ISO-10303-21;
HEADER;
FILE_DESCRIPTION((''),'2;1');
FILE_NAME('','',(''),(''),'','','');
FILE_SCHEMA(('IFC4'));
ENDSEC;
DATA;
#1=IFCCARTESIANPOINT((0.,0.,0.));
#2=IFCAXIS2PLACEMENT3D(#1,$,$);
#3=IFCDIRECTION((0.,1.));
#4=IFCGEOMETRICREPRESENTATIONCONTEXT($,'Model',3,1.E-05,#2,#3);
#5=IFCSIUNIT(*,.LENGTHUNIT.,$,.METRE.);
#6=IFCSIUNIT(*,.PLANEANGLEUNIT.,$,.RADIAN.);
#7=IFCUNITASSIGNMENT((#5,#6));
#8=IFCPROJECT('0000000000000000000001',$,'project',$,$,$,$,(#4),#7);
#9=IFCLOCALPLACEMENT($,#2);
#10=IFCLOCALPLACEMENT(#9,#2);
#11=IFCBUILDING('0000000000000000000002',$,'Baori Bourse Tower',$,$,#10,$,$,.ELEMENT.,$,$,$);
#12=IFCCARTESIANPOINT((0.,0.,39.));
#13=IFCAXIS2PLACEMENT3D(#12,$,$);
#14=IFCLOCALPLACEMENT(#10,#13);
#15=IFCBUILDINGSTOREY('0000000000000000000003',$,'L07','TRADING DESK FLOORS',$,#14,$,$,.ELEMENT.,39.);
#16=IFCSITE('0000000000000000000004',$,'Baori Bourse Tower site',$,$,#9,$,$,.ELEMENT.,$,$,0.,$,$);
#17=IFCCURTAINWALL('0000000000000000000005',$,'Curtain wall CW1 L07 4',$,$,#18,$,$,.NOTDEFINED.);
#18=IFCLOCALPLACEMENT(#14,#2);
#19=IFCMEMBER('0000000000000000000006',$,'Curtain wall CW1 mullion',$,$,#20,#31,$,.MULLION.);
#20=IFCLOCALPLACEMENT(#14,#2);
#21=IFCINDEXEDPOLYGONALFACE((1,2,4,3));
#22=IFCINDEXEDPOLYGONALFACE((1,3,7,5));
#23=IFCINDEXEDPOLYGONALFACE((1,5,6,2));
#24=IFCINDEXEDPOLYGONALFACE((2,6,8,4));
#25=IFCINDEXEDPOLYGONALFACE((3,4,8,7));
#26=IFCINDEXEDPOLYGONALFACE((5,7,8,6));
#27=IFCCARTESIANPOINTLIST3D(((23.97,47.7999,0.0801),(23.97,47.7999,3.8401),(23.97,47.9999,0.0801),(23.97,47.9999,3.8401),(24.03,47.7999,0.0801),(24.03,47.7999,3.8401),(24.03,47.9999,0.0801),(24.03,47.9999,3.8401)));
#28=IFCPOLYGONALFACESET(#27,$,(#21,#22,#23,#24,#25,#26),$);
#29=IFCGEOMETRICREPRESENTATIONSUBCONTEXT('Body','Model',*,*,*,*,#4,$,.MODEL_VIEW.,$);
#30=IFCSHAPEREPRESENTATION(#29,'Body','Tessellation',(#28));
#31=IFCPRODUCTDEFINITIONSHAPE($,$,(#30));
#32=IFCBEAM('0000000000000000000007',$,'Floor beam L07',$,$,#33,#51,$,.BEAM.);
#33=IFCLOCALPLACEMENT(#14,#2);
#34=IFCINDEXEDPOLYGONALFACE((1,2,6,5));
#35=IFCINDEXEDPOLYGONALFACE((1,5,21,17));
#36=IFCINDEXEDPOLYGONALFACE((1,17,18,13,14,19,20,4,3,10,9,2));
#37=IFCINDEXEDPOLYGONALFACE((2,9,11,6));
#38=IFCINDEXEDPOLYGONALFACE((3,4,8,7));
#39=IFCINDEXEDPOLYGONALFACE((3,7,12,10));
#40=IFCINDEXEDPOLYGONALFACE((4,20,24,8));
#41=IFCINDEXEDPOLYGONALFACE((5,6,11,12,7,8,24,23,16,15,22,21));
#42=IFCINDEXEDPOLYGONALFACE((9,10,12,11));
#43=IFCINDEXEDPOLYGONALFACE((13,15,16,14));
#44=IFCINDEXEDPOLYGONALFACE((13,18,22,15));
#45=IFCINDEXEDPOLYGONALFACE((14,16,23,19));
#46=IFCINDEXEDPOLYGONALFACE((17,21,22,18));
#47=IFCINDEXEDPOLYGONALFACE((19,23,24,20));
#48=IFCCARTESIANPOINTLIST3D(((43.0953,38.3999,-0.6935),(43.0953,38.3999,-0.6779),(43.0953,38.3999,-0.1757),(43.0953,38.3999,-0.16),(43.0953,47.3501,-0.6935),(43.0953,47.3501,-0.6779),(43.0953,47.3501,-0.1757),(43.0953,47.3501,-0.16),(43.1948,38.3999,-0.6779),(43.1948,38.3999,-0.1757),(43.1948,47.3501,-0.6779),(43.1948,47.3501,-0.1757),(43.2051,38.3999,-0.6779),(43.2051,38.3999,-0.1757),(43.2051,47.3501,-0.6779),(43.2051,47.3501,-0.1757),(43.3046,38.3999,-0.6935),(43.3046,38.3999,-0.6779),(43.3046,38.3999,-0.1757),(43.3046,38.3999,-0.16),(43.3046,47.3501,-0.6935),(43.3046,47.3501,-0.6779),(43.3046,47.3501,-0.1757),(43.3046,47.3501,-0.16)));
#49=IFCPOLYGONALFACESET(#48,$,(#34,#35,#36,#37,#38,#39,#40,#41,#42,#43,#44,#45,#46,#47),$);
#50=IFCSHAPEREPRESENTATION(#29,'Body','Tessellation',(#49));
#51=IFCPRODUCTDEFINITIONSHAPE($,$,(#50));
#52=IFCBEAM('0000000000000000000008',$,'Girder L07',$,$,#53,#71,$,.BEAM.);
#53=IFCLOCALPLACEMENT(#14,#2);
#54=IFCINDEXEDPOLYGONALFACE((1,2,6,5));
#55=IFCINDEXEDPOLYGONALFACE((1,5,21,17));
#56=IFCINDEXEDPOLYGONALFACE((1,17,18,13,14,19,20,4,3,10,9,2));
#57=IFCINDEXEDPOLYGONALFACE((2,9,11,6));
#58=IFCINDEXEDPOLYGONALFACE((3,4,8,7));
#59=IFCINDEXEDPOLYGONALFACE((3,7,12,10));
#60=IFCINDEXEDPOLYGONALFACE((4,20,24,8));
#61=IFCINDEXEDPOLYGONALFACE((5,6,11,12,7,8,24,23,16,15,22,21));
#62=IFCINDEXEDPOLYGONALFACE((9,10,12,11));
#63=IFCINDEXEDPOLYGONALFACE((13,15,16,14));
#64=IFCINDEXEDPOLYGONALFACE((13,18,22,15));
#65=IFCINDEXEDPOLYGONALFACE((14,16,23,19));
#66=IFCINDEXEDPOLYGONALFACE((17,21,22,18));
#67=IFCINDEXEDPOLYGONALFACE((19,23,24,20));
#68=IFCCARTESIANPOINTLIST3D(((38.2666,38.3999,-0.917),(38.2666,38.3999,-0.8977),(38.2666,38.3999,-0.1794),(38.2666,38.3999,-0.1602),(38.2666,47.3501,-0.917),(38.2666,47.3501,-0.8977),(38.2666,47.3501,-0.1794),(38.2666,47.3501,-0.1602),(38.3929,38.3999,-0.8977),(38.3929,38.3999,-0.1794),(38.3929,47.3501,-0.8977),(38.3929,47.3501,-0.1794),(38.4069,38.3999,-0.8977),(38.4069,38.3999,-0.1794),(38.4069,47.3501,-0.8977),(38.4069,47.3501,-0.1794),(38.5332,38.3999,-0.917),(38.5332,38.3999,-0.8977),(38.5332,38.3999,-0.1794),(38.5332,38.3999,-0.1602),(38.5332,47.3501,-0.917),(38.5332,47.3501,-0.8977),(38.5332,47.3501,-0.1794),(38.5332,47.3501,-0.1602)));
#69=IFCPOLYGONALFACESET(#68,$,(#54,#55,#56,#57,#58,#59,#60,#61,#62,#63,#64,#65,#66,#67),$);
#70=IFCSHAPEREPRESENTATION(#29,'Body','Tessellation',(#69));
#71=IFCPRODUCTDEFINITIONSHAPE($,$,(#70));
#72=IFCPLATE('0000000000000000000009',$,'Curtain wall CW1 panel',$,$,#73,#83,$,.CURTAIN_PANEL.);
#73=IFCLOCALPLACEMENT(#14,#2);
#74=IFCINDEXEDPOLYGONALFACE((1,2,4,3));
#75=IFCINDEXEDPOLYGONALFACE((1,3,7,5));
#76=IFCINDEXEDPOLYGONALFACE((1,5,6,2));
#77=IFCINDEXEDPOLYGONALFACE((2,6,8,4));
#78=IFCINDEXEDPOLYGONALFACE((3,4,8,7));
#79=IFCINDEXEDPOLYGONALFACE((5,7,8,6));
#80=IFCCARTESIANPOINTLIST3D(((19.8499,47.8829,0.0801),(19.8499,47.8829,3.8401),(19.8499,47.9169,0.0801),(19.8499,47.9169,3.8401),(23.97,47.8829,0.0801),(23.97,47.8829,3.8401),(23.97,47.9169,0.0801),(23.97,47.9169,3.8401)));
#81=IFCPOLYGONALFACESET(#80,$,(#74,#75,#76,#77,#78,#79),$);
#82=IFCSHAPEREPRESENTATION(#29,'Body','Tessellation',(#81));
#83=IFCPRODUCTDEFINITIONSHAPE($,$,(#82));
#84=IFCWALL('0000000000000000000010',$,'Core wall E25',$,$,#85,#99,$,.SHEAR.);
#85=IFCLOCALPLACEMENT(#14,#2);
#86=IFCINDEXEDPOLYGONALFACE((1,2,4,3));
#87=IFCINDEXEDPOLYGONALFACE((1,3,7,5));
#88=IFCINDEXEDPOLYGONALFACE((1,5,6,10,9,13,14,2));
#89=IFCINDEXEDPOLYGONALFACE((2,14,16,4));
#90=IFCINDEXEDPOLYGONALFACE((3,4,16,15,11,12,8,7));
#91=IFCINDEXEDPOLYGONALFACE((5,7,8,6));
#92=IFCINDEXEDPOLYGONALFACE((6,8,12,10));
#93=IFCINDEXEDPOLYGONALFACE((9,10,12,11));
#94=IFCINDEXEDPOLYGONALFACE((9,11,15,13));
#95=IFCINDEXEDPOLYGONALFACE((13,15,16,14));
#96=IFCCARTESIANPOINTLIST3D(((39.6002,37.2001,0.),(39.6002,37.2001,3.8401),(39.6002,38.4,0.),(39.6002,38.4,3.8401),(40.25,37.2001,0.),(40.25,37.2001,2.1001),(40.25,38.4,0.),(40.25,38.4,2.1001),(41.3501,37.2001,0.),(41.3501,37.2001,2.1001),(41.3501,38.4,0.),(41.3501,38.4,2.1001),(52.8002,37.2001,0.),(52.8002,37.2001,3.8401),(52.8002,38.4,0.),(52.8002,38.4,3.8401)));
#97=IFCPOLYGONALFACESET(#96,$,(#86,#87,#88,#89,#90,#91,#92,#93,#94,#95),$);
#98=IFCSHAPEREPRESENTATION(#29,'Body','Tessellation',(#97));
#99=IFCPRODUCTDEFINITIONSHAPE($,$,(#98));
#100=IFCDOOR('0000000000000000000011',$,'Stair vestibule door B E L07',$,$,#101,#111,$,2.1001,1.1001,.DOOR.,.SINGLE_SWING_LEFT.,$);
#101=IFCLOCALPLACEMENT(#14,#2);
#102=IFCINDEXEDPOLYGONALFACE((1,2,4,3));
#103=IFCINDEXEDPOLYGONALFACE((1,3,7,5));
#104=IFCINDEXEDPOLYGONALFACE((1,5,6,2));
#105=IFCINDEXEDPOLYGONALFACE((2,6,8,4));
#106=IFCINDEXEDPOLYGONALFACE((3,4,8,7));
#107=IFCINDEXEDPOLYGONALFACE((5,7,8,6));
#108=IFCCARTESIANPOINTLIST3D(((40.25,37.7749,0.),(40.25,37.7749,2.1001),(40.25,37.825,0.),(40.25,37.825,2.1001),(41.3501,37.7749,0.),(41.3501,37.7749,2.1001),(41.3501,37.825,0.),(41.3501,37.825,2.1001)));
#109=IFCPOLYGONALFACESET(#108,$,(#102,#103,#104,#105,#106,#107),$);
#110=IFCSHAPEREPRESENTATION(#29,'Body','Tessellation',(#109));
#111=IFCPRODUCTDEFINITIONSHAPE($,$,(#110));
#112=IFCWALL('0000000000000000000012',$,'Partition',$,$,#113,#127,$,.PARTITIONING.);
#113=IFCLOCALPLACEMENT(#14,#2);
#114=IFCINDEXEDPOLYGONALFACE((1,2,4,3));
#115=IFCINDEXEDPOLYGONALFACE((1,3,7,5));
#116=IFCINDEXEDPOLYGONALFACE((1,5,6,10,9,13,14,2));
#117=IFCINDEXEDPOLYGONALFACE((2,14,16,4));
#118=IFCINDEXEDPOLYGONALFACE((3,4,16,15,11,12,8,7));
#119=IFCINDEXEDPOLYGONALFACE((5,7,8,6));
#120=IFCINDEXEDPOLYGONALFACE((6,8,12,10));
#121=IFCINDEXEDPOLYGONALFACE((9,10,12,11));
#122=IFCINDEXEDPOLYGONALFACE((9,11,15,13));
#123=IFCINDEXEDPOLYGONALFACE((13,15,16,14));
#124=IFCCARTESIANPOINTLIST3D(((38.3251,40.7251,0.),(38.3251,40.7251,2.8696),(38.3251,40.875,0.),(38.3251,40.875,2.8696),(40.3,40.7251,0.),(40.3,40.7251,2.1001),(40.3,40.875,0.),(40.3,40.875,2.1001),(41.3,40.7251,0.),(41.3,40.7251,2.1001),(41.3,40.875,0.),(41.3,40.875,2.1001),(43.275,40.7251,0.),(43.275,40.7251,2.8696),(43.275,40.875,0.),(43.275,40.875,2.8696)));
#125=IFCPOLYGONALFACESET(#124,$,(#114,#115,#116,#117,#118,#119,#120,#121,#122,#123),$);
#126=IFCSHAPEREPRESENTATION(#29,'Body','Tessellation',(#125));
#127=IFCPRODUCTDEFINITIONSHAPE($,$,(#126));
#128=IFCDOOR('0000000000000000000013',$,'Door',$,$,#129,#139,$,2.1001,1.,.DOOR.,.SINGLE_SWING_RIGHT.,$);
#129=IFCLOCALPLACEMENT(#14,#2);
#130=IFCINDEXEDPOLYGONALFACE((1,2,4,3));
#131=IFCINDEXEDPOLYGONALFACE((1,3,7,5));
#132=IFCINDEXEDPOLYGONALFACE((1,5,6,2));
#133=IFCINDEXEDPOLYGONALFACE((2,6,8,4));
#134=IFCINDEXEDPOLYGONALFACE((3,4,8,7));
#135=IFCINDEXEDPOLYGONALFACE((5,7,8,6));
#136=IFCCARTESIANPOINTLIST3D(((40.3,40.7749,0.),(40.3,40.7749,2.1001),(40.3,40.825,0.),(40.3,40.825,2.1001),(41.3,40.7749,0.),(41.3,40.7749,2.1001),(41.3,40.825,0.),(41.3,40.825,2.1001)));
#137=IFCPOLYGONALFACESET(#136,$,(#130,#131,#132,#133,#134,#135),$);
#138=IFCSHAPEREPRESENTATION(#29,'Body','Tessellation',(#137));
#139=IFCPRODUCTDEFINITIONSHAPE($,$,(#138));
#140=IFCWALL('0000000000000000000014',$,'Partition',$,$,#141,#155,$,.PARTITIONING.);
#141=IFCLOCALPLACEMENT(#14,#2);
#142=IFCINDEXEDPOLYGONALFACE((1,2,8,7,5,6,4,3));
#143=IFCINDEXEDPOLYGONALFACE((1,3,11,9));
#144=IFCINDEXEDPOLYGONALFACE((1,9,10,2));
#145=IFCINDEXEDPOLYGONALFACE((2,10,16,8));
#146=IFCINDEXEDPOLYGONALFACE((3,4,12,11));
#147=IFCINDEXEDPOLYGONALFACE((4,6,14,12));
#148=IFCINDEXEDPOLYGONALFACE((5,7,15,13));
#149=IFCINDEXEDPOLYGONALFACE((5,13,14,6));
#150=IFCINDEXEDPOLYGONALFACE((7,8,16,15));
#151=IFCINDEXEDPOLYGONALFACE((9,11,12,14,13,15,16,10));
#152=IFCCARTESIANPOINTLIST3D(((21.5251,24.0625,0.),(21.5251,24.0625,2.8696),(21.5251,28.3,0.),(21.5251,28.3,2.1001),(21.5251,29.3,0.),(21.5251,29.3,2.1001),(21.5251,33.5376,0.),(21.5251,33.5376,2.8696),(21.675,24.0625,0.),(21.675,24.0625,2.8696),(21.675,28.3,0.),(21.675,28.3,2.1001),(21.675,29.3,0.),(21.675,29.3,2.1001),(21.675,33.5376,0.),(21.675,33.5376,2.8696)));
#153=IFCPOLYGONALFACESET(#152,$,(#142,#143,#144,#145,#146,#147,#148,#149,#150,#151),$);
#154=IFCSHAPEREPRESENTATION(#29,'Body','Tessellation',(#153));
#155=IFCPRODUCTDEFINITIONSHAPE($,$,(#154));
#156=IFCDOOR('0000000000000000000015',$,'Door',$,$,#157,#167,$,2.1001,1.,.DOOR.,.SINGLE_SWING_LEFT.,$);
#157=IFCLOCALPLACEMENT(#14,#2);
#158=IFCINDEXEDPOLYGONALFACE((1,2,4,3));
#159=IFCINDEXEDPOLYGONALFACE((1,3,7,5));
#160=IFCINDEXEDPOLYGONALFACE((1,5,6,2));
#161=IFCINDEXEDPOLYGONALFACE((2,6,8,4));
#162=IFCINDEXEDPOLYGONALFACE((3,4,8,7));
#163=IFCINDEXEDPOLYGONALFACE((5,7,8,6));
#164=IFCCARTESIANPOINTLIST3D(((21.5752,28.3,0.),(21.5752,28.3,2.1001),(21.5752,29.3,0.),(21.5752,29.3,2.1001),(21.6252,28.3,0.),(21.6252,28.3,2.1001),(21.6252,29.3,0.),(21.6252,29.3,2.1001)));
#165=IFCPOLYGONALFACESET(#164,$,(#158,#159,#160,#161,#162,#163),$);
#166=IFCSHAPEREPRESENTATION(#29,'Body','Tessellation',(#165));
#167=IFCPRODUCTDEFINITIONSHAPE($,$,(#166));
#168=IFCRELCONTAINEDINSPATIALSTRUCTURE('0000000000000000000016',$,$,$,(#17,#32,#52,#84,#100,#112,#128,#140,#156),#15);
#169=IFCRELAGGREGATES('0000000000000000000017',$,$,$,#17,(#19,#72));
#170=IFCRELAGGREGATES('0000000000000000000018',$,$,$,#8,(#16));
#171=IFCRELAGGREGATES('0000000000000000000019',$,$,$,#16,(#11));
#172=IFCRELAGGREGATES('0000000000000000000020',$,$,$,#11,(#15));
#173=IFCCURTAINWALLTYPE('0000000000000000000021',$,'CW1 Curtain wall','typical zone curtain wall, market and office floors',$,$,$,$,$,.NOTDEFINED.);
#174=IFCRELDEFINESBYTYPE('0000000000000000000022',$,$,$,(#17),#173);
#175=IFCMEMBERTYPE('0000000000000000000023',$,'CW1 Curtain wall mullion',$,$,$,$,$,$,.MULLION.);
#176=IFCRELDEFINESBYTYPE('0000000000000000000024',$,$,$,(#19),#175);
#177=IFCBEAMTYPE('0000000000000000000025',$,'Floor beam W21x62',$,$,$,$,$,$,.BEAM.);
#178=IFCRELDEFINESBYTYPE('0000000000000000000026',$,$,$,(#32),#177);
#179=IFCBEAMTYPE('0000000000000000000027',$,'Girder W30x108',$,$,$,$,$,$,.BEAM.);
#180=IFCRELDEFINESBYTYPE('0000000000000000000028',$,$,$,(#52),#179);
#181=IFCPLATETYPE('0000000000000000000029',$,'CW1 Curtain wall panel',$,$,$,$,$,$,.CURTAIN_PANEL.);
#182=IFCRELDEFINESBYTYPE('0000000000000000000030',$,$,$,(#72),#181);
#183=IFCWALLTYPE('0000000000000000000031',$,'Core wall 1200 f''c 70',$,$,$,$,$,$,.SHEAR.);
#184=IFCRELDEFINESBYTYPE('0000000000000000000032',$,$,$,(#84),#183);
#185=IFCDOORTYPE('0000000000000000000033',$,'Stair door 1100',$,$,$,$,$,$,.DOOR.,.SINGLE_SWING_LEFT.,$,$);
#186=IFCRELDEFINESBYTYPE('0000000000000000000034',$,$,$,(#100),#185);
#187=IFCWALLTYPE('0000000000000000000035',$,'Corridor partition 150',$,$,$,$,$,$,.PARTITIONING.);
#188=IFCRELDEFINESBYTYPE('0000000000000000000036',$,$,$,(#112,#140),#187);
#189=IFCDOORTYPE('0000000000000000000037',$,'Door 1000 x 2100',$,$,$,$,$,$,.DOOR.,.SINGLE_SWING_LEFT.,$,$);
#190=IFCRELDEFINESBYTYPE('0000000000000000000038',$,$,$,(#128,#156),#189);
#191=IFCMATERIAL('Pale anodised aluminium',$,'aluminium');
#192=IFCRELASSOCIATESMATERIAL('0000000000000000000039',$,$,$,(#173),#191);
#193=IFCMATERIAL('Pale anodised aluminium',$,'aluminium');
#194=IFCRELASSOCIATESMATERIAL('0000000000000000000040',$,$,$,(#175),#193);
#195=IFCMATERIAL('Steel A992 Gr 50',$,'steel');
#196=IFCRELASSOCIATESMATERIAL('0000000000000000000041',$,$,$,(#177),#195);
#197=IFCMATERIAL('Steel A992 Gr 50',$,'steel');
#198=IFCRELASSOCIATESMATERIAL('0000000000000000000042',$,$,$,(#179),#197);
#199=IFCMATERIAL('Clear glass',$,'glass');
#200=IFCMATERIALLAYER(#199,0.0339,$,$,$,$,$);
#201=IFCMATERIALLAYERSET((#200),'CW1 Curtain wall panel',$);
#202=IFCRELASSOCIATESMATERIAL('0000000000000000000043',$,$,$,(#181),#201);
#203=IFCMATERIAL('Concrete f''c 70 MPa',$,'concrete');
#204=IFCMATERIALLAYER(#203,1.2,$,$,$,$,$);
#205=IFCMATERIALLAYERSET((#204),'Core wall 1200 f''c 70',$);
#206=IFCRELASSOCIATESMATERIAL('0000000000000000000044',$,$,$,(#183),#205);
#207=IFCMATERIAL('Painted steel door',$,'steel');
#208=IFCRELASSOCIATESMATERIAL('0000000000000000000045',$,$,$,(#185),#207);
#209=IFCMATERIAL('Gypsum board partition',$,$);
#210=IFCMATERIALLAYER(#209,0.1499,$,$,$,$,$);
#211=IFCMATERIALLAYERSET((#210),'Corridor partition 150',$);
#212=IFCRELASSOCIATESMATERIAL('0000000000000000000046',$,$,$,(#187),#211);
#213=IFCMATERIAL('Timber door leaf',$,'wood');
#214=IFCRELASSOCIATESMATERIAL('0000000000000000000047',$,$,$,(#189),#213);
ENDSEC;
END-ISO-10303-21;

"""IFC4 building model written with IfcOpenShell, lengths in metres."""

from ifc_helpers import new_model, si_unit, direction, frame, frame_2d, origin, origin_2d, place, context, subcontext, project, spatial, rectangle, i_section, extrude, material, layer, layer_set, material_profile, profile_set, type_object, element, fill, aggregate, save


model = new_model("IFC4")

# Units and contexts
model_context = context("Model", 3, precision=1e-05, world=origin(), true_north=direction((0.0, 1.0)))
body_context = subcontext(model_context, "Body", "Model", "MODEL_VIEW")
ifc_project = project(units=[si_unit("LENGTHUNIT", "METRE"), si_unit("PLANEANGLEUNIT", "RADIAN")], contexts=[model_context])

# Site, building, storey
site_placement = place(None, origin())
site = spatial("IfcSite", under=ifc_project, at=site_placement, Name="Baori Bourse Tower site", CompositionType="ELEMENT", RefElevation=0.0)
building_placement = place(site_placement, origin())
building = spatial("IfcBuilding", under=site, at=building_placement, Name="Baori Bourse Tower", CompositionType="ELEMENT")
storey_placement = place(building_placement, frame((0.0, 0.0, 39.0)))
storey = spatial("IfcBuildingStorey", under=building, at=storey_placement, Name="L07", Description="TRADING DESK FLOORS", CompositionType="ELEMENT", Elevation=39.0)

# Curtain wall, member
ifc_material_1 = material(Name="Pale anodised aluminium", Category="aluminium")
curtain_wall_type = type_object("IfcCurtainWallType", Name="CW1 Curtain wall", Description="typical zone curtain wall, market and office floors", PredefinedType="NOTDEFINED", material=ifc_material_1)
curtain_wall_placement = place(storey_placement, origin())
curtain_wall = element("IfcCurtainWall", 1, at=curtain_wall_placement, inside=storey, type_object=curtain_wall_type, Name="Curtain wall CW1 L07 4", PredefinedType="NOTDEFINED")
ifc_material_2 = material(Name="Pale anodised aluminium", Category="aluminium")
ifc_material_profile_1 = material_profile(ifc_material_2, rectangle(XDim=0.2, YDim=0.0601, at=origin_2d()), Name="Mullion 60x200")
ifc_profile_set_1 = profile_set([ifc_material_profile_1], Name="Pale anodised aluminium")
member_type = type_object("IfcMemberType", Name="CW1 Curtain wall mullion", PredefinedType="MULLION", material=ifc_profile_set_1)
member_placement = place(storey_placement, frame((24.0, 47.8999, 0.0801), z_axis=(0.0, 0.0, 1.0), x_axis=(0.0, -1.0, 0.0)))
member = element("IfcMember", 2, at=member_placement, type_object=member_type, Name="Curtain wall CW1 mullion", PredefinedType="MULLION", context=body_context, shape_type="SweptSolid", body=[
    extrude(rectangle(XDim=0.2, YDim=0.0601, at=origin_2d()), origin(), (0.0, 0.0, 1.0), 3.76),
])

# Beams
ifc_material_3 = material(Name="Steel A992 Gr 50", Category="steel")
ifc_material_profile_2 = material_profile(ifc_material_3, i_section(OverallWidth=0.2092, OverallDepth=0.5334, WebThickness=0.0103, FlangeThickness=0.0156, at=origin_2d()), Name="W21x62")
ifc_profile_set_2 = profile_set([ifc_material_profile_2], Name="Steel A992 Gr 50")
beam_type_1 = type_object("IfcBeamType", Name="Floor beam W21x62", PredefinedType="BEAM", material=ifc_profile_set_2)
beam_1_placement = place(storey_placement, frame((43.2, 38.3999, -0.4268), z_axis=(0.0, 1.0, 0.0), x_axis=(-1.0, 0.0, 0.0)))
element("IfcBeam", 3, at=beam_1_placement, inside=storey, type_object=beam_type_1, Name="Floor beam L07", PredefinedType="BEAM", context=body_context, shape_type="SweptSolid", body=[
    extrude(i_section(OverallWidth=0.2092, OverallDepth=0.5334, WebThickness=0.0103, FlangeThickness=0.0156, at=origin_2d()), origin(), (0.0, 0.0, 1.0), 8.9502),
])
ifc_material_4 = material(Name="Steel A992 Gr 50", Category="steel")
ifc_material_profile_3 = material_profile(ifc_material_4, i_section(OverallWidth=0.2666, OverallDepth=0.7568, WebThickness=0.0139, FlangeThickness=0.0193, at=origin_2d()), Name="W30x108")
ifc_profile_set_3 = profile_set([ifc_material_profile_3], Name="Steel A992 Gr 50")
beam_type_2 = type_object("IfcBeamType", Name="Girder W30x108", PredefinedType="BEAM", material=ifc_profile_set_3)
beam_2_placement = place(storey_placement, frame((38.3999, 38.3999, -0.5386), z_axis=(0.0, 1.0, 0.0), x_axis=(-1.0, 0.0, 0.0)))
element("IfcBeam", 4, at=beam_2_placement, inside=storey, type_object=beam_type_2, Name="Girder L07", PredefinedType="BEAM", context=body_context, shape_type="SweptSolid", body=[
    extrude(i_section(OverallWidth=0.2666, OverallDepth=0.7568, WebThickness=0.0139, FlangeThickness=0.0193, at=origin_2d()), origin(), (0.0, 0.0, 1.0), 8.9502),
])

# Plate
ifc_material_5 = material(Name="Clear glass", Category="glass")
ifc_layer_1 = layer(ifc_material_5, 0.0339)
ifc_layer_set_1 = layer_set([ifc_layer_1], Name="CW1 Curtain wall panel")
plate_type = type_object("IfcPlateType", Name="CW1 Curtain wall panel", PredefinedType="CURTAIN_PANEL", material=ifc_layer_set_1)
plate_placement = place(storey_placement, frame((21.9099, 47.8999, 0.0801), z_axis=(0.0, 0.0, 1.0), x_axis=(-1.0, 0.0, 0.0)))
plate = element("IfcPlate", 5, at=plate_placement, type_object=plate_type, Name="Curtain wall CW1 panel", PredefinedType="CURTAIN_PANEL", context=body_context, shape_type="SweptSolid", body=[
    extrude(rectangle(XDim=4.1201, YDim=0.0339, at=origin_2d()), origin(), (0.0, 0.0, 1.0), 3.76),
])
aggregate(curtain_wall, [member, plate])

# Walls, openings, doors
ifc_material_6 = material(Name="Concrete f'c 70 MPa", Category="concrete")
ifc_layer_2 = layer(ifc_material_6, 1.2)
ifc_layer_set_2 = layer_set([ifc_layer_2], Name="Core wall 1200 f'c 70")
wall_type_1 = type_object("IfcWallType", Name="Core wall 1200 f'c 70", PredefinedType="SHEAR", material=ifc_layer_set_2)
wall_1_placement = place(storey_placement, frame((39.6001, 37.8, 0.0), z_axis=(0.0, 0.0, 1.0), x_axis=(1.0, 0.0, 0.0)))
wall_1 = element("IfcWall", 6, at=wall_1_placement, inside=storey, type_object=wall_type_1, Name="Core wall E25", PredefinedType="SHEAR", context=body_context, shape_type="SweptSolid", body=[
    extrude(rectangle(XDim=13.2, YDim=1.2, at=frame_2d((6.6001, 0.0))), origin(), (0.0, 0.0, 1.0), 3.8401),
])
opening_1_placement = place(wall_1_placement, frame((0.6499, 0.0, 0.0)))
opening_1 = element("IfcOpeningElement", 7, at=opening_1_placement, cuts=wall_1, PredefinedType="OPENING", context=body_context, shape_type="SweptSolid", body=[
    extrude(rectangle(XDim=1.1001, YDim=2.1001, at=frame_2d((0.55, 1.05))), frame((0.0, 0.6099, 0.0), z_axis=(0.0, -1.0, 0.0), x_axis=(1.0, 0.0, 0.0)), (0.0, 0.0, 1.0), 1.22),
])
ifc_material_7 = material(Name="Painted steel door", Category="steel")
door_type_1 = type_object("IfcDoorType", Name="Stair door 1100", OperationType="SINGLE_SWING_LEFT", PredefinedType="DOOR", material=ifc_material_7)
door_1_placement = place(opening_1_placement, origin())
door_1 = element("IfcDoor", 8, at=door_1_placement, inside=storey, type_object=door_type_1, Name="Stair vestibule door B E L07", OperationType="SINGLE_SWING_LEFT", OverallHeight=2.1001, OverallWidth=1.1001, PredefinedType="DOOR", context=body_context, shape_type="SweptSolid", body=[
    extrude(rectangle(XDim=1.1001, YDim=2.1001, at=frame_2d((0.55, 1.05))), frame((0.0, 0.0249, 0.0), z_axis=(0.0, -1.0, 0.0), x_axis=(1.0, 0.0, 0.0)), (0.0, 0.0, 1.0), 0.05),
])
fill(opening_1, door_1)
ifc_material_8 = material(Name="Gypsum board partition")
ifc_layer_3 = layer(ifc_material_8, 0.1499)
ifc_layer_set_3 = layer_set([ifc_layer_3], Name="Corridor partition 150")
wall_type_2 = type_object("IfcWallType", Name="Corridor partition 150", PredefinedType="PARTITIONING", material=ifc_layer_set_3)
wall_2_placement = place(storey_placement, frame((38.325, 40.8, 0.0), z_axis=(0.0, 0.0, 1.0), x_axis=(1.0, 0.0, 0.0)))
wall_2 = element("IfcWall", 9, at=wall_2_placement, inside=storey, type_object=wall_type_2, Name="Partition", PredefinedType="PARTITIONING", context=body_context, shape_type="SweptSolid", body=[
    extrude(rectangle(XDim=4.95, YDim=0.1499, at=frame_2d((2.4751, 0.0))), origin(), (0.0, 0.0, 1.0), 2.8696),
])
opening_2_placement = place(wall_2_placement, frame((1.9751, 0.0, 0.0)))
opening_2 = element("IfcOpeningElement", 10, at=opening_2_placement, cuts=wall_2, PredefinedType="OPENING", context=body_context, shape_type="SweptSolid", body=[
    extrude(rectangle(XDim=1.0, YDim=2.1001, at=frame_2d((0.5, 1.05))), frame((0.0, 0.085, 0.0), z_axis=(0.0, -1.0, 0.0), x_axis=(1.0, 0.0, 0.0)), (0.0, 0.0, 1.0), 0.1699),
])
ifc_material_9 = material(Name="Timber door leaf", Category="wood")
door_type_2 = type_object("IfcDoorType", Name="Door 1000 x 2100", OperationType="SINGLE_SWING_LEFT", PredefinedType="DOOR", material=ifc_material_9)
door_2_placement = place(opening_2_placement, origin())
door_2 = element("IfcDoor", 11, at=door_2_placement, inside=storey, type_object=door_type_2, Name="Door", OperationType="SINGLE_SWING_RIGHT", OverallHeight=2.1001, OverallWidth=1.0, PredefinedType="DOOR", context=body_context, shape_type="SweptSolid", body=[
    extrude(rectangle(XDim=1.0, YDim=2.1001, at=frame_2d((0.5, 1.05))), frame((0.0, 0.0249, 0.0), z_axis=(0.0, -1.0, 0.0), x_axis=(1.0, 0.0, 0.0)), (0.0, 0.0, 1.0), 0.05),
])
fill(opening_2, door_2)
wall_3_placement = place(storey_placement, frame((21.6001, 24.0625, 0.0), z_axis=(0.0, 0.0, 1.0), x_axis=(0.0, 1.0, 0.0)))
wall_3 = element("IfcWall", 12, at=wall_3_placement, inside=storey, type_object=wall_type_2, Name="Partition", PredefinedType="PARTITIONING", context=body_context, shape_type="SweptSolid", body=[
    extrude(rectangle(XDim=9.4751, YDim=0.1499, at=frame_2d((4.7375, 0.0))), origin(), (0.0, 0.0, 1.0), 2.8696),
])
opening_3_placement = place(wall_3_placement, frame((4.2375, 0.0, 0.0)))
opening_3 = element("IfcOpeningElement", 13, at=opening_3_placement, cuts=wall_3, PredefinedType="OPENING", context=body_context, shape_type="SweptSolid", body=[
    extrude(rectangle(XDim=1.0, YDim=2.1001, at=frame_2d((0.5, 1.05))), frame((0.0, 0.085, 0.0), z_axis=(0.0, -1.0, 0.0), x_axis=(1.0, 0.0, 0.0)), (0.0, 0.0, 1.0), 0.1699),
])
door_3_placement = place(opening_3_placement, origin())
door_3 = element("IfcDoor", 14, at=door_3_placement, inside=storey, type_object=door_type_2, Name="Door", OperationType="SINGLE_SWING_LEFT", OverallHeight=2.1001, OverallWidth=1.0, PredefinedType="DOOR", context=body_context, shape_type="SweptSolid", body=[
    extrude(rectangle(XDim=1.0, YDim=2.1001, at=frame_2d((0.5, 1.05))), frame((0.0, 0.0249, 0.0), z_axis=(0.0, -1.0, 0.0), x_axis=(1.0, 0.0, 0.0)), (0.0, 0.0, 1.0), 0.05),
])
fill(opening_3, door_3)

save(model, "model.ifc")
